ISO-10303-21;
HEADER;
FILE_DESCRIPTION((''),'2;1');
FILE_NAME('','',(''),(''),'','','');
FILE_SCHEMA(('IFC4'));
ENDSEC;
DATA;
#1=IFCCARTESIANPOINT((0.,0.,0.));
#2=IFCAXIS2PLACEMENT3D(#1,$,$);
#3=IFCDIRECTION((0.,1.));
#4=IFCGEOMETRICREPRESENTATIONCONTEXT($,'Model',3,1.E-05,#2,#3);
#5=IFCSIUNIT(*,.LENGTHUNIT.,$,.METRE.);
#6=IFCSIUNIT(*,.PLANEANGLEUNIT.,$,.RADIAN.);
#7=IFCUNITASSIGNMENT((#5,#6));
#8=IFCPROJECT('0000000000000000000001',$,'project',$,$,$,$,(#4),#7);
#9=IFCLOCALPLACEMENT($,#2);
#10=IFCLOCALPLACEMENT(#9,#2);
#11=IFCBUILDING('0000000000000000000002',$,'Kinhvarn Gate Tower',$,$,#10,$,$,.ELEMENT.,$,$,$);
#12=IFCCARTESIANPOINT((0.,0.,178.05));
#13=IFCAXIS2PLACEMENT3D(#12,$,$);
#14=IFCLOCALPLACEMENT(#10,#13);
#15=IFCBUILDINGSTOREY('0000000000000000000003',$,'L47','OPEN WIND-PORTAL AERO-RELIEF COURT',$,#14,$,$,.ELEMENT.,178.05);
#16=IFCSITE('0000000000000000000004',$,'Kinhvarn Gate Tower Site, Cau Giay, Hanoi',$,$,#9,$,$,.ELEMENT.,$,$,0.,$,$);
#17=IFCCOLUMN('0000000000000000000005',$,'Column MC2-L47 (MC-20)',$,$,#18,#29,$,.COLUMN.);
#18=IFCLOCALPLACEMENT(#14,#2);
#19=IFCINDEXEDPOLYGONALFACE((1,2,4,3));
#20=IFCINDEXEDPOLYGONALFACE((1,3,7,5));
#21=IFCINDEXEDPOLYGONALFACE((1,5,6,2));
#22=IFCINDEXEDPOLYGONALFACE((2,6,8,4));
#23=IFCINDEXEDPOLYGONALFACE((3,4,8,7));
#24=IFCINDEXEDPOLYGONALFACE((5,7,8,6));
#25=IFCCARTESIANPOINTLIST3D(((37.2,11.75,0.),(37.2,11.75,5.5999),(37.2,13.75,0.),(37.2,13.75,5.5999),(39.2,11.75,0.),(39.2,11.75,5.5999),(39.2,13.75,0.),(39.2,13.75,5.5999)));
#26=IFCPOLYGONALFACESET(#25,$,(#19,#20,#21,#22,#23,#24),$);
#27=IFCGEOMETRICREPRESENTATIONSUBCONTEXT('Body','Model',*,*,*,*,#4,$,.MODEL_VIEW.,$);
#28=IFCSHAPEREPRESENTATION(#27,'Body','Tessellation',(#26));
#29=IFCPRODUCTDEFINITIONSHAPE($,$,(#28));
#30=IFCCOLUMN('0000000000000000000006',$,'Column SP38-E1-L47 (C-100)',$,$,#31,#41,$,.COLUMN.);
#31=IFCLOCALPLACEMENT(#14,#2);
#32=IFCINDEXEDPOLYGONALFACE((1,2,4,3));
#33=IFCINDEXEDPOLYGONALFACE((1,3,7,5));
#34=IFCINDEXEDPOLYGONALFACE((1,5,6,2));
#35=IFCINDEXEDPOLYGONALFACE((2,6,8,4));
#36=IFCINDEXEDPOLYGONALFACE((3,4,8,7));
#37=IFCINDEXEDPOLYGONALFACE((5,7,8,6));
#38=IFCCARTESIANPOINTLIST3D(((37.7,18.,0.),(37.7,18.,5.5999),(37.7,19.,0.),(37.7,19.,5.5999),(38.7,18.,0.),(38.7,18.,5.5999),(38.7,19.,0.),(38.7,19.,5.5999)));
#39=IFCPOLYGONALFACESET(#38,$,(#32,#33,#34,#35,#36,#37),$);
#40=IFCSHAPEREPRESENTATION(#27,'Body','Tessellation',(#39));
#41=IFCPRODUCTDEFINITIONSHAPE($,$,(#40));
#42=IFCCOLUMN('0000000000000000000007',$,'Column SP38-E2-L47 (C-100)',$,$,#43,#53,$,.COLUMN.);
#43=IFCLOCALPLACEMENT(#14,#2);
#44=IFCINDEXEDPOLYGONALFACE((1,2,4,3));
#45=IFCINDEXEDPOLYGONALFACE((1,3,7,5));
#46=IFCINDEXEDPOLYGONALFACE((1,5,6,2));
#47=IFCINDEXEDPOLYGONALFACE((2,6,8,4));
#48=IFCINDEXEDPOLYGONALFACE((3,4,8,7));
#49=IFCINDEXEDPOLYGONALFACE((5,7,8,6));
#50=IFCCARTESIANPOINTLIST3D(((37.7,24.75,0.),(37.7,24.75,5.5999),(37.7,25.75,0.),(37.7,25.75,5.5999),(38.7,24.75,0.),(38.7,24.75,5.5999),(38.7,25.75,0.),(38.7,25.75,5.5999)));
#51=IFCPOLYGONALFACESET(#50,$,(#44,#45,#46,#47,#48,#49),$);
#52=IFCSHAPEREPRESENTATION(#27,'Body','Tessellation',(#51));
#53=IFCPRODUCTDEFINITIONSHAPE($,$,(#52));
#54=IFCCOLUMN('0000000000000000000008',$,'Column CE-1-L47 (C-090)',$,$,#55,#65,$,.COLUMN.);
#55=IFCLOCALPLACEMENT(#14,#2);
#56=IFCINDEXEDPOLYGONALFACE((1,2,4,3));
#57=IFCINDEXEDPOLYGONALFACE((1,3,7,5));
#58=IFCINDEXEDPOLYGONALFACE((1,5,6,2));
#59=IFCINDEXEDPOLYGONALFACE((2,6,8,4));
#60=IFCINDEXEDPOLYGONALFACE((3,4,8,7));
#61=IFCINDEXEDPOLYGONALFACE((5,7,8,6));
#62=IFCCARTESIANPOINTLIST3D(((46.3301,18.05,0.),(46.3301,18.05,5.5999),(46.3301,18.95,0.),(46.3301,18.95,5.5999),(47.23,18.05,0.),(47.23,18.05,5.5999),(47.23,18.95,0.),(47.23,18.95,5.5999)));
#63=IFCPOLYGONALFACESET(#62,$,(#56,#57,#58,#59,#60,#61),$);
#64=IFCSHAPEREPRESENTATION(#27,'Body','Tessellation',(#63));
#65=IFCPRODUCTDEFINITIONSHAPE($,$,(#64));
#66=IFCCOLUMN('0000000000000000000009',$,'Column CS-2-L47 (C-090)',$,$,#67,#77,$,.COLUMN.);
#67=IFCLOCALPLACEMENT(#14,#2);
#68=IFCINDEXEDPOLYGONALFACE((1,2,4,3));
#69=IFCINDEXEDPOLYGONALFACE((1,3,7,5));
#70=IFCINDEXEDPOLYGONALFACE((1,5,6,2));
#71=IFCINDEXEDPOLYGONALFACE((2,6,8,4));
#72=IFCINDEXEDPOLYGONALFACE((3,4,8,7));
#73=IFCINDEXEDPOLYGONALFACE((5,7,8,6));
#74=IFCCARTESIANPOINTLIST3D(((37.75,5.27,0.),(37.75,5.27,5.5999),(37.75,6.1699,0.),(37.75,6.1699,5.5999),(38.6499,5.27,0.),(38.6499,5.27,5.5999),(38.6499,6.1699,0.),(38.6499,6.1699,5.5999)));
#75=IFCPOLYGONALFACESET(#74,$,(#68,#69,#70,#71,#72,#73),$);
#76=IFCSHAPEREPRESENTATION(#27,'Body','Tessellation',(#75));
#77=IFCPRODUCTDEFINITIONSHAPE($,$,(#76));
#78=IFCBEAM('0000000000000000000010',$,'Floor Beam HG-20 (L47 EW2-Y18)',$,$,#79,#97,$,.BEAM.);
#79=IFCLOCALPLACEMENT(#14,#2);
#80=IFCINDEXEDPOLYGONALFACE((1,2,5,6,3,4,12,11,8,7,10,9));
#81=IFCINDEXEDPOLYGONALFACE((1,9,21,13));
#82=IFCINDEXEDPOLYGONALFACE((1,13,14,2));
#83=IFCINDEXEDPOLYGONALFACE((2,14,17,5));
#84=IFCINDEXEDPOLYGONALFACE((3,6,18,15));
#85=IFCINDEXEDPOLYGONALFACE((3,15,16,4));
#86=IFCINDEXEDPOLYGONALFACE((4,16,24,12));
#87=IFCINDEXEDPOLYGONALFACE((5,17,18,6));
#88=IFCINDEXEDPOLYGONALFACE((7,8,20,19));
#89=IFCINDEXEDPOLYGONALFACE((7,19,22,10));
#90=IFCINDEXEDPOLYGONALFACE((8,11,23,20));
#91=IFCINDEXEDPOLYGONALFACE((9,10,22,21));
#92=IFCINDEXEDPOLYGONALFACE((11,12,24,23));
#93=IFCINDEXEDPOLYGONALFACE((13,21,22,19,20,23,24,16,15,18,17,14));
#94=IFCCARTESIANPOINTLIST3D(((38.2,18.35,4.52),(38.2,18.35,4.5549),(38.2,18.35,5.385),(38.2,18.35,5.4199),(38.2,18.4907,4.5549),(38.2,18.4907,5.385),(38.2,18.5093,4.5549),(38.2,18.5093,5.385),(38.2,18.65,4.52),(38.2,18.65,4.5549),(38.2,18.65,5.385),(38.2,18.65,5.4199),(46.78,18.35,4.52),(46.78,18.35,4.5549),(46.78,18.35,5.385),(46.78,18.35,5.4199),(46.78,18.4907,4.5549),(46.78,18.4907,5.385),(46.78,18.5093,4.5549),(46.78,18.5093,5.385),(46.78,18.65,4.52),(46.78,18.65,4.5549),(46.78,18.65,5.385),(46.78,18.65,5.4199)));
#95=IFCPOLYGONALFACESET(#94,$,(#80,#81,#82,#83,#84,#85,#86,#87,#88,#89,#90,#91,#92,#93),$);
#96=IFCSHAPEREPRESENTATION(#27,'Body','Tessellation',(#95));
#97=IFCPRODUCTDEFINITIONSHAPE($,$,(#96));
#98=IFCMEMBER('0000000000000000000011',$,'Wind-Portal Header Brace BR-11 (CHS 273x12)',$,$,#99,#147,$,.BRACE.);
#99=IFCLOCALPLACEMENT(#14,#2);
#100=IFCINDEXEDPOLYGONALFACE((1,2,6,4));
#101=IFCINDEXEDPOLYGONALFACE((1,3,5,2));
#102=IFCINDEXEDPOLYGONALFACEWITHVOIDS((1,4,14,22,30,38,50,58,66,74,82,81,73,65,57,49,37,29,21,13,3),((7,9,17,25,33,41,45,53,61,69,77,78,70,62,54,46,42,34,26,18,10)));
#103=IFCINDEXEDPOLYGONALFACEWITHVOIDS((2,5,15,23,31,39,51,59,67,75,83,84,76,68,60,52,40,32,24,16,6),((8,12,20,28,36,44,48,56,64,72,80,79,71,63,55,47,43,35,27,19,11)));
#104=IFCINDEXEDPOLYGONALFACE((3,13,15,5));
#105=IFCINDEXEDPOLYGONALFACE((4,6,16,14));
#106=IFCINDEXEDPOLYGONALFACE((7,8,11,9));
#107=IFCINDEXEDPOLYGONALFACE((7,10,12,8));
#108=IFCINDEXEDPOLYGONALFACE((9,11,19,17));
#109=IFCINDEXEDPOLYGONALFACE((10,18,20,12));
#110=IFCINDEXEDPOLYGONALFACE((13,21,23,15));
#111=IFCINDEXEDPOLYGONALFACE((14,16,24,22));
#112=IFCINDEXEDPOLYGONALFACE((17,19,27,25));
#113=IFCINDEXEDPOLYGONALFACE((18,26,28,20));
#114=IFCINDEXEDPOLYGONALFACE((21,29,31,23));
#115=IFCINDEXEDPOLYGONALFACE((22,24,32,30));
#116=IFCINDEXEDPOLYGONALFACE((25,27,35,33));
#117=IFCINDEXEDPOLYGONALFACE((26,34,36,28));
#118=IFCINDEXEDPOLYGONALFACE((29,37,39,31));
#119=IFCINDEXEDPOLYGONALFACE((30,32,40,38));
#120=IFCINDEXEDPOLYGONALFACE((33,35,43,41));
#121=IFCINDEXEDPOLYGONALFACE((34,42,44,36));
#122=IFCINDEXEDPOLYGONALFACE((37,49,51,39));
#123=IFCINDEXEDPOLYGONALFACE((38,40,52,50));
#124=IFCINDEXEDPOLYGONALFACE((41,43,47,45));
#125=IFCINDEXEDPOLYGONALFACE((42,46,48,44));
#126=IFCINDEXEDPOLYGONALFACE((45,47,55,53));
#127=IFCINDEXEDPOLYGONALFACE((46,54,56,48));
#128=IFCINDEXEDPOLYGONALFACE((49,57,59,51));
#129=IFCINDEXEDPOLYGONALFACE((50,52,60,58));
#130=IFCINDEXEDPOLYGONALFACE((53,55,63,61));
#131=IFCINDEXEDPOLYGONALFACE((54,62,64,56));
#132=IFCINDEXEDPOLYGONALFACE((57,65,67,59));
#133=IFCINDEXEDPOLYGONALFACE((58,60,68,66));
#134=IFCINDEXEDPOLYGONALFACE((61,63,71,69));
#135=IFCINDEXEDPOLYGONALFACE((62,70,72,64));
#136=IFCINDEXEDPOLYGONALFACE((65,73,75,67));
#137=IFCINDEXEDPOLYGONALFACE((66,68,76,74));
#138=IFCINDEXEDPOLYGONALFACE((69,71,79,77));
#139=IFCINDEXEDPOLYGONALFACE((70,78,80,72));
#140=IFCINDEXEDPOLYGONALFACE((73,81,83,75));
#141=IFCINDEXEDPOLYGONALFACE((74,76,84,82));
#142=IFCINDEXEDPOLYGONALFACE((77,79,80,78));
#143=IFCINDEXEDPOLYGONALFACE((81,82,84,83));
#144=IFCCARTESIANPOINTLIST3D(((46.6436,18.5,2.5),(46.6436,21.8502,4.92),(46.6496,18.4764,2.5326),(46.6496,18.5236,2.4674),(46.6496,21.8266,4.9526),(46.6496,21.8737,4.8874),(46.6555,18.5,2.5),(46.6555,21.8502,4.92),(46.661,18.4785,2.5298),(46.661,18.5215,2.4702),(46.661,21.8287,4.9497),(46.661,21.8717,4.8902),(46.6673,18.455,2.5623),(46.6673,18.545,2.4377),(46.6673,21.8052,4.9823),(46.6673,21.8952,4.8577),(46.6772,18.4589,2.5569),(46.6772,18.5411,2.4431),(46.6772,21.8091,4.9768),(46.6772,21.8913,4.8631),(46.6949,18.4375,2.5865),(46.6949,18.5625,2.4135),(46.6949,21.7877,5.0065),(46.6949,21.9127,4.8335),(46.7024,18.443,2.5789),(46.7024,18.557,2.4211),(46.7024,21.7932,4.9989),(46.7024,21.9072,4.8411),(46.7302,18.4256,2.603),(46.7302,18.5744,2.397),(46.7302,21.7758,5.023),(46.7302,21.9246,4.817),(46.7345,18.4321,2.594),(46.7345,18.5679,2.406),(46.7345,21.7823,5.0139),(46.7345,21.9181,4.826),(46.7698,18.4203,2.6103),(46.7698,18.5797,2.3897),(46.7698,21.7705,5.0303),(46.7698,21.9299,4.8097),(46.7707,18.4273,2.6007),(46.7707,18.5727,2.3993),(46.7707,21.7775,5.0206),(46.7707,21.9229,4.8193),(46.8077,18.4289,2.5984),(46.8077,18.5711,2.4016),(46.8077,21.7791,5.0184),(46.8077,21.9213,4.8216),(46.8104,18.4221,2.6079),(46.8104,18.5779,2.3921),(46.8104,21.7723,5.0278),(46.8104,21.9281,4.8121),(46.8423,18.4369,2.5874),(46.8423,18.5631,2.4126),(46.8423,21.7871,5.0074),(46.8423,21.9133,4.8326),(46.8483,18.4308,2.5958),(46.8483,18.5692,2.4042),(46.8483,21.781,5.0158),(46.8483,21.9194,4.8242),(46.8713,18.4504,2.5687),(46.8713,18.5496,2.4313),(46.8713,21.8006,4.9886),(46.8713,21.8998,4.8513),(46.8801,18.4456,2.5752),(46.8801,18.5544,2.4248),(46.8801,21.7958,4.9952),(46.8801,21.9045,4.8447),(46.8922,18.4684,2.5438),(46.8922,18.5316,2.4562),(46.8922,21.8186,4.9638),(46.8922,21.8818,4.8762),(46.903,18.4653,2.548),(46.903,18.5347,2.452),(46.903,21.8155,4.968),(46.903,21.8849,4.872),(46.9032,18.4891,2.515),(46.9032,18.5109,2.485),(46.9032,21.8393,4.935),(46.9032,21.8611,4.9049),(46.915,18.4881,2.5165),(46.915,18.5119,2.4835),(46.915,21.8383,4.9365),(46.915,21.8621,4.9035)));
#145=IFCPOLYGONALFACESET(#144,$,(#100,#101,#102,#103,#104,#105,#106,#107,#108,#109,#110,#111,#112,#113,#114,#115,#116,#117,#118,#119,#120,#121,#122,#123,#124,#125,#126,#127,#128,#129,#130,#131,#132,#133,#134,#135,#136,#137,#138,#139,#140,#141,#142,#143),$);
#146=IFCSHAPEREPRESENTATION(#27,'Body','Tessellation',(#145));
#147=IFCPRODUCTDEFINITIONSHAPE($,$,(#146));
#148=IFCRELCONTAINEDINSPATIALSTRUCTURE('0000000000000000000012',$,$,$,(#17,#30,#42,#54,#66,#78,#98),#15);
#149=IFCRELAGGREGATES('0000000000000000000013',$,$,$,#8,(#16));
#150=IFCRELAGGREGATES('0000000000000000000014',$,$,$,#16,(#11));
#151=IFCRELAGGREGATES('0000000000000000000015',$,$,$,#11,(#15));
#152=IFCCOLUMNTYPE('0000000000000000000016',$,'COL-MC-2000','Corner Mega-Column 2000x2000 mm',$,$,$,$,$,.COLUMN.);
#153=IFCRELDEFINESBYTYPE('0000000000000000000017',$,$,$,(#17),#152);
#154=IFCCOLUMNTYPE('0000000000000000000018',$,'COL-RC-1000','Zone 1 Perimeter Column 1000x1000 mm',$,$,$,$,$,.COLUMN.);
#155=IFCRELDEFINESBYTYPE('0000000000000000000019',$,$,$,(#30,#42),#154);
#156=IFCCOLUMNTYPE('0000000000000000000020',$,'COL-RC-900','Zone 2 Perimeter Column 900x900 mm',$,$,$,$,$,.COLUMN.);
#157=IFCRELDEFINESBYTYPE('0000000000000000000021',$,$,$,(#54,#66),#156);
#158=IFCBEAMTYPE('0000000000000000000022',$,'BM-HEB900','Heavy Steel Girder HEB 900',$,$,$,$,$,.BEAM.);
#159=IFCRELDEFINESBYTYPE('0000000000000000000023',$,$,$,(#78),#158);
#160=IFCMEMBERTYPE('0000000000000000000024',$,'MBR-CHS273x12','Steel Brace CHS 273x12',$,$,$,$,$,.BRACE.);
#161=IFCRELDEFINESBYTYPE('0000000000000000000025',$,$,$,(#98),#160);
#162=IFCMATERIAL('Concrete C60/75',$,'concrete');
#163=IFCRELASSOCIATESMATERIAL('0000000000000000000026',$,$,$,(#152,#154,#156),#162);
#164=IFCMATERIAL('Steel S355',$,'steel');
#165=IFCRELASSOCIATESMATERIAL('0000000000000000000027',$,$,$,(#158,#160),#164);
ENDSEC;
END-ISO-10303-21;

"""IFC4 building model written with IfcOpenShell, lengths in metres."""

from ifc_helpers import new_model, si_unit, direction, frame, origin, origin_2d, place, context, subcontext, project, spatial, rectangle, hollow_circle, i_section, extrude, material, material_profile, profile_set, type_object, element, save


model = new_model("IFC4")

# Units and contexts
model_context = context("Model", 3, precision=1e-05, world=origin(), true_north=direction((0.0, 1.0)))
body_context = subcontext(model_context, "Body", "Model", "MODEL_VIEW")
ifc_project = project(units=[si_unit("LENGTHUNIT", "METRE"), si_unit("PLANEANGLEUNIT", "RADIAN")], contexts=[model_context])

# Site, building, storey
site_placement = place(None, origin())
site = spatial("IfcSite", under=ifc_project, at=site_placement, Name="Kinhvarn Gate Tower Site, Cau Giay, Hanoi", CompositionType="ELEMENT", RefElevation=0.0)
building_placement = place(site_placement, origin())
building = spatial("IfcBuilding", under=site, at=building_placement, Name="Kinhvarn Gate Tower", CompositionType="ELEMENT")
storey_placement = place(building_placement, frame((0.0, 0.0, 178.05)))
storey = spatial("IfcBuildingStorey", under=building, at=storey_placement, Name="L47", Description="OPEN WIND-PORTAL AERO-RELIEF COURT", CompositionType="ELEMENT", Elevation=178.05)

# Columns
ifc_material_1 = material(Name="Concrete C60/75", Category="concrete")
ifc_material_profile_1 = material_profile(ifc_material_1, rectangle(XDim=2.0, YDim=2.0, at=origin_2d()), Name="RC 2000x2000")
ifc_profile_set_1 = profile_set([ifc_material_profile_1], Name="Concrete C60/75")
column_type_1 = type_object("IfcColumnType", Name="COL-MC-2000", Description="Corner Mega-Column 2000x2000 mm", PredefinedType="COLUMN", material=ifc_profile_set_1)
column_placement = place(storey_placement, frame((38.2, 12.75, 0.0), z_axis=(0.0, 0.0, 1.0), x_axis=(1.0, 0.0, 0.0)))
element("IfcColumn", 1, at=column_placement, inside=storey, type_object=column_type_1, Name="Column MC2-L47 (MC-20)", PredefinedType="COLUMN", context=body_context, shape_type="SweptSolid", body=[
    extrude(rectangle(XDim=2.0, YDim=2.0, at=origin_2d()), origin(), (0.0, 0.0, 1.0), 5.5999),
])
ifc_material_profile_2 = material_profile(ifc_material_1, rectangle(XDim=1.0, YDim=1.0, at=origin_2d()), Name="RC 1000x1000")
ifc_profile_set_2 = profile_set([ifc_material_profile_2], Name="Concrete C60/75")
column_type_2 = type_object("IfcColumnType", Name="COL-RC-1000", Description="Zone 1 Perimeter Column 1000x1000 mm", PredefinedType="COLUMN", material=ifc_profile_set_2)
for number, where, z_axis, x_axis, name in (
    (2, (38.2, 18.5, 0.0), (0.0, 0.0, 1.0), (1.0, 0.0, 0.0), "Column SP38-E1-L47 (C-100)"),
    (3, (38.2, 25.25, 0.0), (0.0, 0.0, 1.0), (1.0, 0.0, 0.0), "Column SP38-E2-L47 (C-100)"),
):
    element("IfcColumn", number, at=place(storey_placement, frame(where, z_axis=z_axis, x_axis=x_axis)), inside=storey, type_object=column_type_2, Name=name, PredefinedType="COLUMN", context=body_context, shape_type="SweptSolid", body=[
        extrude(rectangle(XDim=1.0, YDim=1.0, at=origin_2d()), origin(), (0.0, 0.0, 1.0), 5.5999),
    ])
ifc_material_profile_3 = material_profile(ifc_material_1, rectangle(XDim=0.8999, YDim=0.8999, at=origin_2d()), Name="RC 900x900")
ifc_profile_set_3 = profile_set([ifc_material_profile_3], Name="Concrete C60/75")
column_type_3 = type_object("IfcColumnType", Name="COL-RC-900", Description="Zone 2 Perimeter Column 900x900 mm", PredefinedType="COLUMN", material=ifc_profile_set_3)
for number, where, z_axis, x_axis, name in (
    (4, (46.78, 18.5, 0.0), (0.0, 0.0, 1.0), (1.0, 0.0, 0.0), "Column CE-1-L47 (C-090)"),
    (5, (38.2, 5.72, 0.0), (0.0, 0.0, 1.0), (1.0, 0.0, 0.0), "Column CS-2-L47 (C-090)"),
):
    element("IfcColumn", number, at=place(storey_placement, frame(where, z_axis=z_axis, x_axis=x_axis)), inside=storey, type_object=column_type_3, Name=name, PredefinedType="COLUMN", context=body_context, shape_type="SweptSolid", body=[
        extrude(rectangle(XDim=0.8999, YDim=0.8999, at=origin_2d()), origin(), (0.0, 0.0, 1.0), 5.5999),
    ])

# Beam
ifc_material_2 = material(Name="Steel S355", Category="steel")
ifc_material_profile_4 = material_profile(ifc_material_2, i_section(OverallWidth=0.3, OverallDepth=0.8999, WebThickness=0.0186, FlangeThickness=0.0349, at=origin_2d()), Name="HEB 900")
ifc_profile_set_4 = profile_set([ifc_material_profile_4], Name="Steel S355")
beam_type_1 = type_object("IfcBeamType", Name="BM-HEB900", Description="Heavy Steel Girder HEB 900", PredefinedType="BEAM", material=ifc_profile_set_4)
beam_1_placement = place(storey_placement, frame((38.2, 18.5, 4.97), z_axis=(1.0, 0.0, 0.0), x_axis=(0.0, 1.0, 0.0)))
element("IfcBeam", 6, at=beam_1_placement, inside=storey, type_object=beam_type_1, Name="Floor Beam HG-20 (L47 EW2-Y18)", PredefinedType="BEAM", context=body_context, shape_type="SweptSolid", body=[
    extrude(i_section(OverallWidth=0.3, OverallDepth=0.8999, WebThickness=0.0186, FlangeThickness=0.0349, at=origin_2d()), origin(), (0.0, 0.0, 1.0), 8.5801),
])

# Member
ifc_material_profile_5 = material_profile(ifc_material_2, hollow_circle(Radius=0.1365, WallThickness=0.012, at=origin_2d()), Name="CHS 273x12")
ifc_profile_set_5 = profile_set([ifc_material_profile_5], Name="Steel S355")
member_type_1 = type_object("IfcMemberType", Name="MBR-CHS273x12", Description="Steel Brace CHS 273x12", PredefinedType="BRACE", material=ifc_profile_set_5)
member_1_placement = place(storey_placement, frame((46.78, 18.5, 2.5), z_axis=(0.0, 0.810632, 0.585555), x_axis=(-1.0, 0.0, 0.0)))
element("IfcMember", 7, at=member_1_placement, inside=storey, type_object=member_type_1, Name="Wind-Portal Header Brace BR-11 (CHS 273x12)", PredefinedType="BRACE", context=body_context, shape_type="SweptSolid", body=[
    extrude(hollow_circle(Radius=0.1365, WallThickness=0.012, at=origin_2d()), origin(), (0.0, 0.0, 1.0), 4.1328),
])

save(model, "model.ifc")
